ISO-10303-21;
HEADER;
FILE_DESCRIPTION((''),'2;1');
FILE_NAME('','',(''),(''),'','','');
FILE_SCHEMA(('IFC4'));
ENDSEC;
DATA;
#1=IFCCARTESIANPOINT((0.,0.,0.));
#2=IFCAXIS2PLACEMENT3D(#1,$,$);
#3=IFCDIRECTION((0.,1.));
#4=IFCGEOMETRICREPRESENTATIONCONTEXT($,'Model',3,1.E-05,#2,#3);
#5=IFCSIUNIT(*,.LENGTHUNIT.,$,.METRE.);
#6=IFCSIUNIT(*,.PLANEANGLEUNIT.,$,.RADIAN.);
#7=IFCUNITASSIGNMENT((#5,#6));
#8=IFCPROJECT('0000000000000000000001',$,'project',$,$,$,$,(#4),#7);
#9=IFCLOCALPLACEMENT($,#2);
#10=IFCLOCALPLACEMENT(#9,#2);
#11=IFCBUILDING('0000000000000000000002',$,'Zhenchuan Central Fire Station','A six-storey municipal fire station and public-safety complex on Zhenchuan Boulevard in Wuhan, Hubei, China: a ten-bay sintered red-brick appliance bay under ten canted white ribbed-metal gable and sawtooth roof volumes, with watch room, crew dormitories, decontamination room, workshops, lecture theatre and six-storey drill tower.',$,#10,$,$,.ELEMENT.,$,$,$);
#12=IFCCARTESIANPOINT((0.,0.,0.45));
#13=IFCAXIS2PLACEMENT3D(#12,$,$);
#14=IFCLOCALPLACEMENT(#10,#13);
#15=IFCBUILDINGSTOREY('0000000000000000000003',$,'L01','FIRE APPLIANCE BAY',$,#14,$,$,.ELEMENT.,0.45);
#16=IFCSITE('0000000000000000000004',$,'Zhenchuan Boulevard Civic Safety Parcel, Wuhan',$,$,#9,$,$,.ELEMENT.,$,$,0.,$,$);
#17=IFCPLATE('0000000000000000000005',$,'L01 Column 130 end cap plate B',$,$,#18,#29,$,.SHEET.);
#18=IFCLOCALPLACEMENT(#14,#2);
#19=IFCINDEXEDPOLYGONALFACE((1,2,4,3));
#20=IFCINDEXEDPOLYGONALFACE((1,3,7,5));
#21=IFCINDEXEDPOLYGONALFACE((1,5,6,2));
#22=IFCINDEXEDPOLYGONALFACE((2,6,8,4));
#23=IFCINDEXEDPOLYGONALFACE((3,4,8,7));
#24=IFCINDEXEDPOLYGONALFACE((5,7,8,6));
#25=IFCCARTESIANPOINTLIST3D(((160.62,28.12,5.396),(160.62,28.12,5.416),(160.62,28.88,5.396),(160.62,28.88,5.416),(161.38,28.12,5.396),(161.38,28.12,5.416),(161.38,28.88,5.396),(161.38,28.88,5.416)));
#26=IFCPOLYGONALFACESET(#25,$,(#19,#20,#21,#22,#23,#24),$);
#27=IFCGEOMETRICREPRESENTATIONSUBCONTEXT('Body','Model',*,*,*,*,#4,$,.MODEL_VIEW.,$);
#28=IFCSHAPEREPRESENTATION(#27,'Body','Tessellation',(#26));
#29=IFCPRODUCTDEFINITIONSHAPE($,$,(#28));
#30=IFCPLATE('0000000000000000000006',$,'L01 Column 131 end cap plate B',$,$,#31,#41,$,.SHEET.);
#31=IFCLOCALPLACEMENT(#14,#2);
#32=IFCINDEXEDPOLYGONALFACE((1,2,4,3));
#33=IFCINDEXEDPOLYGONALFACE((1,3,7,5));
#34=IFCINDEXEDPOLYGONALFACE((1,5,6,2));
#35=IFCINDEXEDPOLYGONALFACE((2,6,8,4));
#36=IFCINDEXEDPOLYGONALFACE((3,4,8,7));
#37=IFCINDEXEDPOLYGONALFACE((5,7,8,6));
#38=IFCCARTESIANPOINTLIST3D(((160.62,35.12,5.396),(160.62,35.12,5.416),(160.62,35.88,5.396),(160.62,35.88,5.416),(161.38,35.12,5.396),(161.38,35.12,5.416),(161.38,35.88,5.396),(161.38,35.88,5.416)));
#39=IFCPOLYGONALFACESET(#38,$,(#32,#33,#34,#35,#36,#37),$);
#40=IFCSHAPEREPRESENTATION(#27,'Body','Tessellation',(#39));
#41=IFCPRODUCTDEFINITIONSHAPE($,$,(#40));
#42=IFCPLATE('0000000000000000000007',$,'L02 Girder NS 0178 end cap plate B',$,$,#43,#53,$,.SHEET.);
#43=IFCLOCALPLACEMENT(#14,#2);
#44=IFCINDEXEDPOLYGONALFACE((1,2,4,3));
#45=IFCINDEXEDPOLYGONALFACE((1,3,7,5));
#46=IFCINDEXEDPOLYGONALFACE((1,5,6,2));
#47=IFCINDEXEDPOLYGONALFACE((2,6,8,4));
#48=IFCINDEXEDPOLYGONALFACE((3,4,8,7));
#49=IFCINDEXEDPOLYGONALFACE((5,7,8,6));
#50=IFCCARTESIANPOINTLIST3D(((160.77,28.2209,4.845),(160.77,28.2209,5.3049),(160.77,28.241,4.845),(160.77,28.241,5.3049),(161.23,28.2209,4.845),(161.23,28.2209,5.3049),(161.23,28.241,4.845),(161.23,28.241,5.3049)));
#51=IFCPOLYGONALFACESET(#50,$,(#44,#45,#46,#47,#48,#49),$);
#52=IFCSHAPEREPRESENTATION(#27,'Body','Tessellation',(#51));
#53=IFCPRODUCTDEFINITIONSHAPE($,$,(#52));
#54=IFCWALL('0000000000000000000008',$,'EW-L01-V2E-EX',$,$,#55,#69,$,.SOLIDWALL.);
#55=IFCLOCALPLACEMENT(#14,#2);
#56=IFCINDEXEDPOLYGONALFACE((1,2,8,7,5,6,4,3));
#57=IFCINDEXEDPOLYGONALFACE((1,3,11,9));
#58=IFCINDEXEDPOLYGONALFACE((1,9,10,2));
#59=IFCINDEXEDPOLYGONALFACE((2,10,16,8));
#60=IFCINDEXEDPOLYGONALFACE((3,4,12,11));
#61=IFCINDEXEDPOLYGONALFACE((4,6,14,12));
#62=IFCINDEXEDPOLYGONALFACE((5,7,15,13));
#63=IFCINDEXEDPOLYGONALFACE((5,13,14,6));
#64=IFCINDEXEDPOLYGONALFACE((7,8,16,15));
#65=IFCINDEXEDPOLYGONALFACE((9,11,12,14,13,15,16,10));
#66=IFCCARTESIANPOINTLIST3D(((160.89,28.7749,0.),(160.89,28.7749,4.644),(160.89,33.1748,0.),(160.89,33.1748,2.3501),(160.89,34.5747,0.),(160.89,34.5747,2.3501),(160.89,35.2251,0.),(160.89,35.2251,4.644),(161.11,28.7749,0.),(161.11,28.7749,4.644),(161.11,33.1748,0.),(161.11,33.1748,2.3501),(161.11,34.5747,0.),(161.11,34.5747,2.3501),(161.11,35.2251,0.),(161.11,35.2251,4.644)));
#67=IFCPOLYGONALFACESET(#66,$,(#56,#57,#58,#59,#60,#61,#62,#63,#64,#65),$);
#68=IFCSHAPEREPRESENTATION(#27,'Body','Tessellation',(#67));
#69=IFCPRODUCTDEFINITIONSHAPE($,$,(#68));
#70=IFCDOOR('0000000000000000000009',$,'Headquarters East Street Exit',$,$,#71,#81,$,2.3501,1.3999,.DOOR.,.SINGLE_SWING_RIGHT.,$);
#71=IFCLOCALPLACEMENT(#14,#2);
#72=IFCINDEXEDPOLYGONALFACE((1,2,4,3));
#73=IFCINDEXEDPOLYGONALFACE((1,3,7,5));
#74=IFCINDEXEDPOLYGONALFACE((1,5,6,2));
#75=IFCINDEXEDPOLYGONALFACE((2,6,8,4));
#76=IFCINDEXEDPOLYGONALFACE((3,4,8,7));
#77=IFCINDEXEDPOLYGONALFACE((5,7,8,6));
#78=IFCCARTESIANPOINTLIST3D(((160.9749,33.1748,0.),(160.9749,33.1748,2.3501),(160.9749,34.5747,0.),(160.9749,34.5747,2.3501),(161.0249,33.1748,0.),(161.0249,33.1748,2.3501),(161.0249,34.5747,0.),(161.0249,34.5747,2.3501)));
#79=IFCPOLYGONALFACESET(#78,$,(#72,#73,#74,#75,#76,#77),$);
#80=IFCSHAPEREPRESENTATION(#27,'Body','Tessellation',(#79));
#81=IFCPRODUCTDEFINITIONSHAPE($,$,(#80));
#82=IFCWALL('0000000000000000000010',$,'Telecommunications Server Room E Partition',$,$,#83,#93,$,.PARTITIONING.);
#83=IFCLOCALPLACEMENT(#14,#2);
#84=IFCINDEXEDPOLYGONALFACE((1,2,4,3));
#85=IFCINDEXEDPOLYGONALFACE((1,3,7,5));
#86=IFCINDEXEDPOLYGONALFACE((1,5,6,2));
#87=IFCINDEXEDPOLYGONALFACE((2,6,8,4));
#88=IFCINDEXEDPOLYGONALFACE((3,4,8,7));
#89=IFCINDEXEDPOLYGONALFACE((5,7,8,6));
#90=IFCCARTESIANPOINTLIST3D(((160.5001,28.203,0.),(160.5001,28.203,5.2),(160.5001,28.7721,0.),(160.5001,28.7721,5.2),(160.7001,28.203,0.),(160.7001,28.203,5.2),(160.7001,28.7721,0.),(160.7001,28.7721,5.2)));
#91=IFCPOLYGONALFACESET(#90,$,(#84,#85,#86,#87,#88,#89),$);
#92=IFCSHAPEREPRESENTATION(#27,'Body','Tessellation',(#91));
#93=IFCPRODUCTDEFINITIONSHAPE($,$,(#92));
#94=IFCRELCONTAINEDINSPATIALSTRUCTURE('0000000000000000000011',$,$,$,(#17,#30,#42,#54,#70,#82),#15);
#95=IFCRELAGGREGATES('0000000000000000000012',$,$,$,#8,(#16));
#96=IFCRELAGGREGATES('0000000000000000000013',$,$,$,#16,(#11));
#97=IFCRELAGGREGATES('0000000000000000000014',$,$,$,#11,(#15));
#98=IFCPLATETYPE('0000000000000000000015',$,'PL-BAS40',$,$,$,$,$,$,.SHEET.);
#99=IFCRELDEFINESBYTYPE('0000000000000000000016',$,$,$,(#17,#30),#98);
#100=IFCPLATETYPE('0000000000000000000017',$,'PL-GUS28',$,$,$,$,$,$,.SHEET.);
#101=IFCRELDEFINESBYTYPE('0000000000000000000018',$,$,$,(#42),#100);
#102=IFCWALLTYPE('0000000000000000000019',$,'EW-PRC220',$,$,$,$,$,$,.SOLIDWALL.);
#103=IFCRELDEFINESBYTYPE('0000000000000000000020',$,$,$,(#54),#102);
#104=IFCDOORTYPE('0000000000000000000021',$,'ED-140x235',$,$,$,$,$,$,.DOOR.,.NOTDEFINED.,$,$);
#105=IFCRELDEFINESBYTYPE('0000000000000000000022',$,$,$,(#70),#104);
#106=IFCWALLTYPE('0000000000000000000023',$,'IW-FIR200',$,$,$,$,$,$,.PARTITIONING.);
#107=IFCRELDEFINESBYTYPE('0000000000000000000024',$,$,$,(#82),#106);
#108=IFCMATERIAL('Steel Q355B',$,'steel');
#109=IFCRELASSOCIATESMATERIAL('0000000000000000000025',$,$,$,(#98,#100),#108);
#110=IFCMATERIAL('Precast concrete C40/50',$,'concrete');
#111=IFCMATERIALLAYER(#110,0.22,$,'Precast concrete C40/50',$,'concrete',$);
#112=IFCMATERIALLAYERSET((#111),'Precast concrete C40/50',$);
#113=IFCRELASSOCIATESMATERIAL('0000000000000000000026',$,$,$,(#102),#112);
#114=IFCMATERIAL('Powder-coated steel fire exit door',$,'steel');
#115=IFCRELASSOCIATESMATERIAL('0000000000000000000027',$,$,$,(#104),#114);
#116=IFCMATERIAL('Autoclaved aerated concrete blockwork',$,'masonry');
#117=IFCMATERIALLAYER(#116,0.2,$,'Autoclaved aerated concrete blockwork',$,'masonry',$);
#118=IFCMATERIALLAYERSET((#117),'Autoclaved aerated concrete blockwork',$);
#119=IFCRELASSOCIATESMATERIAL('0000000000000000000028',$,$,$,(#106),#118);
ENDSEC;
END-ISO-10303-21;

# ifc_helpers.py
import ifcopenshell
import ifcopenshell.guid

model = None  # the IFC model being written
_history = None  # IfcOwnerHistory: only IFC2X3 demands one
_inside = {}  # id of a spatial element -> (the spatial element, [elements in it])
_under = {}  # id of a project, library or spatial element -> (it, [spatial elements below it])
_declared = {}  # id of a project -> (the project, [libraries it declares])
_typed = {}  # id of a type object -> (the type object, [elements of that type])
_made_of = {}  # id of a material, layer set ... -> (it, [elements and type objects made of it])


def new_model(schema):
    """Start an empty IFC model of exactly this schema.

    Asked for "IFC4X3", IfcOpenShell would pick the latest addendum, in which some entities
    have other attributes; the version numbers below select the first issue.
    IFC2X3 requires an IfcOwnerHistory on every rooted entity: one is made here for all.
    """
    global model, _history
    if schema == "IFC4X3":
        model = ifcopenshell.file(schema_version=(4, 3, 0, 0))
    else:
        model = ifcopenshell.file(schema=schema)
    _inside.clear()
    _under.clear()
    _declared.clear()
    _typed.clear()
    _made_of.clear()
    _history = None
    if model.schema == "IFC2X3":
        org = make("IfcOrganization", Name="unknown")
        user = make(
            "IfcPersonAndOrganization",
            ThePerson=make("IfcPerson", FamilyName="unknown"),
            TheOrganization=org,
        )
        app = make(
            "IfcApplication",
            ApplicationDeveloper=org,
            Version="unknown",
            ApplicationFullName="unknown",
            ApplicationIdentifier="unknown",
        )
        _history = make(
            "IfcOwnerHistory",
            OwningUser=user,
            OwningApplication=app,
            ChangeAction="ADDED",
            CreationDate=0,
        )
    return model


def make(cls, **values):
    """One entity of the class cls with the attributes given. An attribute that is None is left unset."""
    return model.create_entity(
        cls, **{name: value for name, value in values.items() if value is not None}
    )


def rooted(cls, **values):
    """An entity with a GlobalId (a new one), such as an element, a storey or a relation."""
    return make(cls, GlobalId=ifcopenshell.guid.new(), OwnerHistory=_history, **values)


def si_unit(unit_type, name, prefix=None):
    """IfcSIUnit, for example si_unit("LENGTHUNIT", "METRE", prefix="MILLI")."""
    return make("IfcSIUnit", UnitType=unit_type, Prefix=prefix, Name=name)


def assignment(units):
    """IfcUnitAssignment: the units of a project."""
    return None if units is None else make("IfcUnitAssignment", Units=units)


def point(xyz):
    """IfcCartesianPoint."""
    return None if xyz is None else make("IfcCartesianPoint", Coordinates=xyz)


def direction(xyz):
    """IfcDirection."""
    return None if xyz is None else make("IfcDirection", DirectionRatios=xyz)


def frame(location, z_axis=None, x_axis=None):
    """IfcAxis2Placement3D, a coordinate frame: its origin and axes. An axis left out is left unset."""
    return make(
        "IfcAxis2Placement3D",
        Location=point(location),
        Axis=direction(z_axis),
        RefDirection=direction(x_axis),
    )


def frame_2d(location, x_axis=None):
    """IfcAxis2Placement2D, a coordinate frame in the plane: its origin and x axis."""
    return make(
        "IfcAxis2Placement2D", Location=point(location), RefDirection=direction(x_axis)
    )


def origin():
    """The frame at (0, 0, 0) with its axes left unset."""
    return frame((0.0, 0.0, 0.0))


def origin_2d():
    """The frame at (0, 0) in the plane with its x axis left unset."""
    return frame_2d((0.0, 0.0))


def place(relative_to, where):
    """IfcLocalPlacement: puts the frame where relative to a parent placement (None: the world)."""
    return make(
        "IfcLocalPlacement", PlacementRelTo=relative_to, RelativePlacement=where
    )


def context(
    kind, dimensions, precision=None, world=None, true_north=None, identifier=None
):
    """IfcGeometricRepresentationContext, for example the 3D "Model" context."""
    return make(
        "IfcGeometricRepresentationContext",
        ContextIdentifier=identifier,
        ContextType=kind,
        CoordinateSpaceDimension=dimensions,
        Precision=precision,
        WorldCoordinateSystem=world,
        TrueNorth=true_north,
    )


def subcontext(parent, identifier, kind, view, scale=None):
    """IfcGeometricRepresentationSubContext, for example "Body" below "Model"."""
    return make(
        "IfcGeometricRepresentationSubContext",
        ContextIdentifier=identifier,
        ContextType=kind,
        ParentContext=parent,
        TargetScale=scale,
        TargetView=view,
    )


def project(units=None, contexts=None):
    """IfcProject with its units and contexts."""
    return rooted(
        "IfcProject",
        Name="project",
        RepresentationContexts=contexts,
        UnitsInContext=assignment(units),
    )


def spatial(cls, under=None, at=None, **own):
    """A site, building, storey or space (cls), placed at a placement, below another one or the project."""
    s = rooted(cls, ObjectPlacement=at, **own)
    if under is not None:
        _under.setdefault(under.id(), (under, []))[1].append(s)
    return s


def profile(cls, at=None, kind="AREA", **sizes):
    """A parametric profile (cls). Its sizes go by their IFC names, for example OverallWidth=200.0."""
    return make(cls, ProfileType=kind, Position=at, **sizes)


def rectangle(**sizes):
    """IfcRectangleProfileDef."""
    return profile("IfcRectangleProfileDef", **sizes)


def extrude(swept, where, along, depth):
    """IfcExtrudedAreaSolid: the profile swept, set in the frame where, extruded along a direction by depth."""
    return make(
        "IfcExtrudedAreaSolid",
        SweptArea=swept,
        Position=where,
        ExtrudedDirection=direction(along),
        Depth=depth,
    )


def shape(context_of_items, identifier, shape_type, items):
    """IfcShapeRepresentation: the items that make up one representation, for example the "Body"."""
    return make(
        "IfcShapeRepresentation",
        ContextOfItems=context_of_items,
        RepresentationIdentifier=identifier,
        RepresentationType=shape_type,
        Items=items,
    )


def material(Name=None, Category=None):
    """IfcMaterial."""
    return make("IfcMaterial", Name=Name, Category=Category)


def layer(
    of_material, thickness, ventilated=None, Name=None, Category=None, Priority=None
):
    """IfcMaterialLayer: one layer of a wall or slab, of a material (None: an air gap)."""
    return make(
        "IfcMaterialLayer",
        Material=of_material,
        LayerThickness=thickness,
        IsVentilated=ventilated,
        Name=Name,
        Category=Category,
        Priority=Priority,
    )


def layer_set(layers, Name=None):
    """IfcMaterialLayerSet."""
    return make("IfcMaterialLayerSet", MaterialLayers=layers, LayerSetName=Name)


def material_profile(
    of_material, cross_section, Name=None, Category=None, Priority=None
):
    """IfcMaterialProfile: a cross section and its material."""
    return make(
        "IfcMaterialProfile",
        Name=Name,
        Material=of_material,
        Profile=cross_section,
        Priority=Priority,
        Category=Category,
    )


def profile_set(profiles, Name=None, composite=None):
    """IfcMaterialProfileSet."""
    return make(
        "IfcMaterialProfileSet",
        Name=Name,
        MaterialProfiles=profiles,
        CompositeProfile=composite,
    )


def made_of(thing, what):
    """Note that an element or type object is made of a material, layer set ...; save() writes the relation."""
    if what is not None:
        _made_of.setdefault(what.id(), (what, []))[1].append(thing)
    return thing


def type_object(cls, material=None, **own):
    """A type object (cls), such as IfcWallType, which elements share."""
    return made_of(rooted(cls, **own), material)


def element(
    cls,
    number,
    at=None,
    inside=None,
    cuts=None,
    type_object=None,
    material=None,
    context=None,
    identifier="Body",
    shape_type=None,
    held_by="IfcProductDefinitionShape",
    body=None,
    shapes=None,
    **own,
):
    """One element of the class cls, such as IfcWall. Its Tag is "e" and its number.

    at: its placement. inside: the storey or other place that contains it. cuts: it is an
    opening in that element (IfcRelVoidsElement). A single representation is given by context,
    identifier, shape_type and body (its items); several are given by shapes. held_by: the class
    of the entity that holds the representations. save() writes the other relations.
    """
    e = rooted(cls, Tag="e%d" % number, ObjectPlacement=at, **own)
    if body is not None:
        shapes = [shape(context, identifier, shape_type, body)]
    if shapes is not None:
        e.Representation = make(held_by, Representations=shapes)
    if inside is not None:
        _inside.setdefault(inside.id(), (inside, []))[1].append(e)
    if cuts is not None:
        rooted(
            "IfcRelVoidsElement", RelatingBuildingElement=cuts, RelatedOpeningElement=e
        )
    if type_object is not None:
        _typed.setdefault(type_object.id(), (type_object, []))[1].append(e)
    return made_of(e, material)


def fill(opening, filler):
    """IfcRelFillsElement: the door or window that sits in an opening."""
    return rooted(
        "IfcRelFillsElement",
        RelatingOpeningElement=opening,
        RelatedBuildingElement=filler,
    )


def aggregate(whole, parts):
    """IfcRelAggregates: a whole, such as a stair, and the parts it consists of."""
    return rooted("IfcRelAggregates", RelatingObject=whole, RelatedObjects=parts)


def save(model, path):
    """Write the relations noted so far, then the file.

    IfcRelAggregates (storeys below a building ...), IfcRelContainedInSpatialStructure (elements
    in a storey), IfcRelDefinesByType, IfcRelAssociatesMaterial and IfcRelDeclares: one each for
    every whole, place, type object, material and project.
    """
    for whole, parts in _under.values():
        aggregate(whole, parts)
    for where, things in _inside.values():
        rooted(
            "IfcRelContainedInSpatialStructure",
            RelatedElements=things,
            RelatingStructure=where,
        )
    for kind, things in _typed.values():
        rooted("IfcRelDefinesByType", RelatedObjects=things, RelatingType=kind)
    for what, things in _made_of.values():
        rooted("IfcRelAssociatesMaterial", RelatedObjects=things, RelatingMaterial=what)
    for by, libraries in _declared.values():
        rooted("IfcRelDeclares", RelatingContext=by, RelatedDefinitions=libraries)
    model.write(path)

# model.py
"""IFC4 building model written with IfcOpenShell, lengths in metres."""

from ifc_helpers import new_model, si_unit, direction, frame, frame_2d, origin, origin_2d, place, context, subcontext, project, spatial, rectangle, extrude, material, layer, layer_set, material_profile, profile_set, type_object, element, fill, save


model = new_model("IFC4")

# Units and contexts
model_context = context("Model", 3, precision=1e-05, world=origin(), true_north=direction((0.0, 1.0)))
body_context = subcontext(model_context, "Body", "Model", "MODEL_VIEW")
ifc_project = project(units=[si_unit("LENGTHUNIT", "METRE"), si_unit("PLANEANGLEUNIT", "RADIAN")], contexts=[model_context])

# Site, building, storey
site_placement = place(None, origin())
site = spatial("IfcSite", under=ifc_project, at=site_placement, Name="Zhenchuan Boulevard Civic Safety Parcel, Wuhan", CompositionType="ELEMENT", RefElevation=0.0)
building_placement = place(site_placement, origin())
building = spatial("IfcBuilding", under=site, at=building_placement, Name="Zhenchuan Central Fire Station", Description="A six-storey municipal fire station and public-safety complex on Zhenchuan Boulevard in Wuhan, Hubei, China: a ten-bay sintered red-brick appliance bay under ten canted white ribbed-metal gable and sawtooth roof volumes, with watch room, crew dormitories, decontamination room, workshops, lecture theatre and six-storey drill tower.", CompositionType="ELEMENT")
storey_placement = place(building_placement, frame((0.0, 0.0, 0.45)))
storey = spatial("IfcBuildingStorey", under=building, at=storey_placement, Name="L01", Description="FIRE APPLIANCE BAY", CompositionType="ELEMENT", Elevation=0.45)

# Shared definitions
ifc_material_1 = material(Name="Steel Q355B", Category="steel")

# Plates
ifc_material_profile_1 = material_profile(ifc_material_1, rectangle(XDim=0.76, YDim=0.76, at=origin_2d()), Name="PL 760x760x40")
ifc_profile_set_1 = profile_set([ifc_material_profile_1], Name="Steel Q355B")
plate_type_1 = type_object("IfcPlateType", Name="PL-BAS40", PredefinedType="SHEET", material=ifc_profile_set_1)
for number, where, z_axis, x_axis, name in (
    (1, (161.0, 28.5, 5.396), (0.0, 0.0, 1.0), (1.0, 0.0, 0.0), "L01 Column 130 end cap plate B"),
    (2, (161.0, 35.5, 5.396), (0.0, 0.0, 1.0), (1.0, 0.0, 0.0), "L01 Column 131 end cap plate B"),
):
    element("IfcPlate", number, at=place(storey_placement, frame(where, z_axis=z_axis, x_axis=x_axis)), inside=storey, type_object=plate_type_1, Name=name, PredefinedType="SHEET", context=body_context, shape_type="SweptSolid", body=[
        extrude(rectangle(XDim=0.76, YDim=0.76, at=origin_2d()), origin(), (0.0, 0.0, 1.0), 0.02),
    ])
ifc_material_profile_2 = material_profile(ifc_material_1, rectangle(XDim=0.46, YDim=0.46, at=origin_2d()), Name="PL 460x460x28")
ifc_profile_set_2 = profile_set([ifc_material_profile_2], Name="Steel Q355B")
plate_type_2 = type_object("IfcPlateType", Name="PL-GUS28", PredefinedType="SHEET", material=ifc_profile_set_2)
plate_1_placement = place(storey_placement, frame((161.0, 28.2209, 5.075), z_axis=(0.0, 1.0, 0.0), x_axis=(-1.0, 0.0, 0.0)))
element("IfcPlate", 3, at=plate_1_placement, inside=storey, type_object=plate_type_2, Name="L02 Girder NS 0178 end cap plate B", PredefinedType="SHEET", context=body_context, shape_type="SweptSolid", body=[
    extrude(rectangle(XDim=0.46, YDim=0.46, at=origin_2d()), origin(), (0.0, 0.0, 1.0), 0.02),
])

# Wall, opening, door
ifc_material_2 = material(Name="Precast concrete C40/50", Category="concrete")
ifc_layer_1 = layer(ifc_material_2, 0.22, Name="Precast concrete C40/50", Category="concrete")
ifc_layer_set_1 = layer_set([ifc_layer_1], Name="Precast concrete C40/50")
wall_type_1 = type_object("IfcWallType", Name="EW-PRC220", PredefinedType="SOLIDWALL", material=ifc_layer_set_1)
wall_1_placement = place(storey_placement, frame((161.0, 28.7749, 0.0), z_axis=(0.0, 0.0, 1.0), x_axis=(0.0, 1.0, 0.0)))
wall_1 = element("IfcWall", 4, at=wall_1_placement, inside=storey, type_object=wall_type_1, Name="EW-L01-V2E-EX", PredefinedType="SOLIDWALL", context=body_context, shape_type="SweptSolid", body=[
    extrude(rectangle(XDim=6.4502, YDim=0.22, at=frame_2d((3.2251, 0.0))), origin(), (0.0, 0.0, 1.0), 4.644),
])
opening_placement = place(wall_1_placement, frame((4.3999, 0.0, 0.0)))
opening = element("IfcOpeningElement", 5, at=opening_placement, cuts=wall_1, PredefinedType="OPENING", context=body_context, shape_type="SweptSolid", body=[
    extrude(rectangle(XDim=1.3999, YDim=2.3501, at=frame_2d((0.7, 1.175))), frame((0.0, 0.1199, 0.0), z_axis=(0.0, -1.0, 0.0), x_axis=(1.0, 0.0, 0.0)), (0.0, 0.0, 1.0), 0.24),
])
ifc_material_3 = material(Name="Powder-coated steel fire exit door", Category="steel")
door_type = type_object("IfcDoorType", Name="ED-140x235", OperationType="NOTDEFINED", PredefinedType="DOOR", material=ifc_material_3)
door_placement = place(opening_placement, frame((1.3999, 0.0, 0.0), z_axis=(0.0, 0.0, 1.0), x_axis=(-1.0, 0.0, 0.0)))
door = element("IfcDoor", 6, at=door_placement, inside=storey, type_object=door_type, Name="Headquarters East Street Exit", OperationType="SINGLE_SWING_RIGHT", OverallHeight=2.3501, OverallWidth=1.3999, PredefinedType="DOOR", context=body_context, shape_type="SweptSolid", body=[
    extrude(rectangle(XDim=1.3999, YDim=2.3501, at=frame_2d((0.7, 1.175))), frame((0.0, 0.0249, 0.0), z_axis=(0.0, -1.0, 0.0), x_axis=(1.0, 0.0, 0.0)), (0.0, 0.0, 1.0), 0.05),
])
fill(opening, door)

# Wall
ifc_material_4 = material(Name="Autoclaved aerated concrete blockwork", Category="masonry")
ifc_layer_2 = layer(ifc_material_4, 0.2, Name="Autoclaved aerated concrete blockwork", Category="masonry")
ifc_layer_set_2 = layer_set([ifc_layer_2], Name="Autoclaved aerated concrete blockwork")
wall_type_2 = type_object("IfcWallType", Name="IW-FIR200", PredefinedType="PARTITIONING", material=ifc_layer_set_2)
wall_2_placement = place(storey_placement, frame((160.6001, 28.2029, 0.0), z_axis=(0.0, 0.0, 1.0), x_axis=(0.0, 1.0, 0.0)))
element("IfcWall", 7, at=wall_2_placement, inside=storey, type_object=wall_type_2, Name="Telecommunications Server Room E Partition", PredefinedType="PARTITIONING", context=body_context, shape_type="SweptSolid", body=[
    extrude(rectangle(XDim=0.5691, YDim=0.2, at=frame_2d((0.2847, 0.0))), origin(), (0.0, 0.0, 1.0), 5.2),
])

save(model, "model.ifc")
